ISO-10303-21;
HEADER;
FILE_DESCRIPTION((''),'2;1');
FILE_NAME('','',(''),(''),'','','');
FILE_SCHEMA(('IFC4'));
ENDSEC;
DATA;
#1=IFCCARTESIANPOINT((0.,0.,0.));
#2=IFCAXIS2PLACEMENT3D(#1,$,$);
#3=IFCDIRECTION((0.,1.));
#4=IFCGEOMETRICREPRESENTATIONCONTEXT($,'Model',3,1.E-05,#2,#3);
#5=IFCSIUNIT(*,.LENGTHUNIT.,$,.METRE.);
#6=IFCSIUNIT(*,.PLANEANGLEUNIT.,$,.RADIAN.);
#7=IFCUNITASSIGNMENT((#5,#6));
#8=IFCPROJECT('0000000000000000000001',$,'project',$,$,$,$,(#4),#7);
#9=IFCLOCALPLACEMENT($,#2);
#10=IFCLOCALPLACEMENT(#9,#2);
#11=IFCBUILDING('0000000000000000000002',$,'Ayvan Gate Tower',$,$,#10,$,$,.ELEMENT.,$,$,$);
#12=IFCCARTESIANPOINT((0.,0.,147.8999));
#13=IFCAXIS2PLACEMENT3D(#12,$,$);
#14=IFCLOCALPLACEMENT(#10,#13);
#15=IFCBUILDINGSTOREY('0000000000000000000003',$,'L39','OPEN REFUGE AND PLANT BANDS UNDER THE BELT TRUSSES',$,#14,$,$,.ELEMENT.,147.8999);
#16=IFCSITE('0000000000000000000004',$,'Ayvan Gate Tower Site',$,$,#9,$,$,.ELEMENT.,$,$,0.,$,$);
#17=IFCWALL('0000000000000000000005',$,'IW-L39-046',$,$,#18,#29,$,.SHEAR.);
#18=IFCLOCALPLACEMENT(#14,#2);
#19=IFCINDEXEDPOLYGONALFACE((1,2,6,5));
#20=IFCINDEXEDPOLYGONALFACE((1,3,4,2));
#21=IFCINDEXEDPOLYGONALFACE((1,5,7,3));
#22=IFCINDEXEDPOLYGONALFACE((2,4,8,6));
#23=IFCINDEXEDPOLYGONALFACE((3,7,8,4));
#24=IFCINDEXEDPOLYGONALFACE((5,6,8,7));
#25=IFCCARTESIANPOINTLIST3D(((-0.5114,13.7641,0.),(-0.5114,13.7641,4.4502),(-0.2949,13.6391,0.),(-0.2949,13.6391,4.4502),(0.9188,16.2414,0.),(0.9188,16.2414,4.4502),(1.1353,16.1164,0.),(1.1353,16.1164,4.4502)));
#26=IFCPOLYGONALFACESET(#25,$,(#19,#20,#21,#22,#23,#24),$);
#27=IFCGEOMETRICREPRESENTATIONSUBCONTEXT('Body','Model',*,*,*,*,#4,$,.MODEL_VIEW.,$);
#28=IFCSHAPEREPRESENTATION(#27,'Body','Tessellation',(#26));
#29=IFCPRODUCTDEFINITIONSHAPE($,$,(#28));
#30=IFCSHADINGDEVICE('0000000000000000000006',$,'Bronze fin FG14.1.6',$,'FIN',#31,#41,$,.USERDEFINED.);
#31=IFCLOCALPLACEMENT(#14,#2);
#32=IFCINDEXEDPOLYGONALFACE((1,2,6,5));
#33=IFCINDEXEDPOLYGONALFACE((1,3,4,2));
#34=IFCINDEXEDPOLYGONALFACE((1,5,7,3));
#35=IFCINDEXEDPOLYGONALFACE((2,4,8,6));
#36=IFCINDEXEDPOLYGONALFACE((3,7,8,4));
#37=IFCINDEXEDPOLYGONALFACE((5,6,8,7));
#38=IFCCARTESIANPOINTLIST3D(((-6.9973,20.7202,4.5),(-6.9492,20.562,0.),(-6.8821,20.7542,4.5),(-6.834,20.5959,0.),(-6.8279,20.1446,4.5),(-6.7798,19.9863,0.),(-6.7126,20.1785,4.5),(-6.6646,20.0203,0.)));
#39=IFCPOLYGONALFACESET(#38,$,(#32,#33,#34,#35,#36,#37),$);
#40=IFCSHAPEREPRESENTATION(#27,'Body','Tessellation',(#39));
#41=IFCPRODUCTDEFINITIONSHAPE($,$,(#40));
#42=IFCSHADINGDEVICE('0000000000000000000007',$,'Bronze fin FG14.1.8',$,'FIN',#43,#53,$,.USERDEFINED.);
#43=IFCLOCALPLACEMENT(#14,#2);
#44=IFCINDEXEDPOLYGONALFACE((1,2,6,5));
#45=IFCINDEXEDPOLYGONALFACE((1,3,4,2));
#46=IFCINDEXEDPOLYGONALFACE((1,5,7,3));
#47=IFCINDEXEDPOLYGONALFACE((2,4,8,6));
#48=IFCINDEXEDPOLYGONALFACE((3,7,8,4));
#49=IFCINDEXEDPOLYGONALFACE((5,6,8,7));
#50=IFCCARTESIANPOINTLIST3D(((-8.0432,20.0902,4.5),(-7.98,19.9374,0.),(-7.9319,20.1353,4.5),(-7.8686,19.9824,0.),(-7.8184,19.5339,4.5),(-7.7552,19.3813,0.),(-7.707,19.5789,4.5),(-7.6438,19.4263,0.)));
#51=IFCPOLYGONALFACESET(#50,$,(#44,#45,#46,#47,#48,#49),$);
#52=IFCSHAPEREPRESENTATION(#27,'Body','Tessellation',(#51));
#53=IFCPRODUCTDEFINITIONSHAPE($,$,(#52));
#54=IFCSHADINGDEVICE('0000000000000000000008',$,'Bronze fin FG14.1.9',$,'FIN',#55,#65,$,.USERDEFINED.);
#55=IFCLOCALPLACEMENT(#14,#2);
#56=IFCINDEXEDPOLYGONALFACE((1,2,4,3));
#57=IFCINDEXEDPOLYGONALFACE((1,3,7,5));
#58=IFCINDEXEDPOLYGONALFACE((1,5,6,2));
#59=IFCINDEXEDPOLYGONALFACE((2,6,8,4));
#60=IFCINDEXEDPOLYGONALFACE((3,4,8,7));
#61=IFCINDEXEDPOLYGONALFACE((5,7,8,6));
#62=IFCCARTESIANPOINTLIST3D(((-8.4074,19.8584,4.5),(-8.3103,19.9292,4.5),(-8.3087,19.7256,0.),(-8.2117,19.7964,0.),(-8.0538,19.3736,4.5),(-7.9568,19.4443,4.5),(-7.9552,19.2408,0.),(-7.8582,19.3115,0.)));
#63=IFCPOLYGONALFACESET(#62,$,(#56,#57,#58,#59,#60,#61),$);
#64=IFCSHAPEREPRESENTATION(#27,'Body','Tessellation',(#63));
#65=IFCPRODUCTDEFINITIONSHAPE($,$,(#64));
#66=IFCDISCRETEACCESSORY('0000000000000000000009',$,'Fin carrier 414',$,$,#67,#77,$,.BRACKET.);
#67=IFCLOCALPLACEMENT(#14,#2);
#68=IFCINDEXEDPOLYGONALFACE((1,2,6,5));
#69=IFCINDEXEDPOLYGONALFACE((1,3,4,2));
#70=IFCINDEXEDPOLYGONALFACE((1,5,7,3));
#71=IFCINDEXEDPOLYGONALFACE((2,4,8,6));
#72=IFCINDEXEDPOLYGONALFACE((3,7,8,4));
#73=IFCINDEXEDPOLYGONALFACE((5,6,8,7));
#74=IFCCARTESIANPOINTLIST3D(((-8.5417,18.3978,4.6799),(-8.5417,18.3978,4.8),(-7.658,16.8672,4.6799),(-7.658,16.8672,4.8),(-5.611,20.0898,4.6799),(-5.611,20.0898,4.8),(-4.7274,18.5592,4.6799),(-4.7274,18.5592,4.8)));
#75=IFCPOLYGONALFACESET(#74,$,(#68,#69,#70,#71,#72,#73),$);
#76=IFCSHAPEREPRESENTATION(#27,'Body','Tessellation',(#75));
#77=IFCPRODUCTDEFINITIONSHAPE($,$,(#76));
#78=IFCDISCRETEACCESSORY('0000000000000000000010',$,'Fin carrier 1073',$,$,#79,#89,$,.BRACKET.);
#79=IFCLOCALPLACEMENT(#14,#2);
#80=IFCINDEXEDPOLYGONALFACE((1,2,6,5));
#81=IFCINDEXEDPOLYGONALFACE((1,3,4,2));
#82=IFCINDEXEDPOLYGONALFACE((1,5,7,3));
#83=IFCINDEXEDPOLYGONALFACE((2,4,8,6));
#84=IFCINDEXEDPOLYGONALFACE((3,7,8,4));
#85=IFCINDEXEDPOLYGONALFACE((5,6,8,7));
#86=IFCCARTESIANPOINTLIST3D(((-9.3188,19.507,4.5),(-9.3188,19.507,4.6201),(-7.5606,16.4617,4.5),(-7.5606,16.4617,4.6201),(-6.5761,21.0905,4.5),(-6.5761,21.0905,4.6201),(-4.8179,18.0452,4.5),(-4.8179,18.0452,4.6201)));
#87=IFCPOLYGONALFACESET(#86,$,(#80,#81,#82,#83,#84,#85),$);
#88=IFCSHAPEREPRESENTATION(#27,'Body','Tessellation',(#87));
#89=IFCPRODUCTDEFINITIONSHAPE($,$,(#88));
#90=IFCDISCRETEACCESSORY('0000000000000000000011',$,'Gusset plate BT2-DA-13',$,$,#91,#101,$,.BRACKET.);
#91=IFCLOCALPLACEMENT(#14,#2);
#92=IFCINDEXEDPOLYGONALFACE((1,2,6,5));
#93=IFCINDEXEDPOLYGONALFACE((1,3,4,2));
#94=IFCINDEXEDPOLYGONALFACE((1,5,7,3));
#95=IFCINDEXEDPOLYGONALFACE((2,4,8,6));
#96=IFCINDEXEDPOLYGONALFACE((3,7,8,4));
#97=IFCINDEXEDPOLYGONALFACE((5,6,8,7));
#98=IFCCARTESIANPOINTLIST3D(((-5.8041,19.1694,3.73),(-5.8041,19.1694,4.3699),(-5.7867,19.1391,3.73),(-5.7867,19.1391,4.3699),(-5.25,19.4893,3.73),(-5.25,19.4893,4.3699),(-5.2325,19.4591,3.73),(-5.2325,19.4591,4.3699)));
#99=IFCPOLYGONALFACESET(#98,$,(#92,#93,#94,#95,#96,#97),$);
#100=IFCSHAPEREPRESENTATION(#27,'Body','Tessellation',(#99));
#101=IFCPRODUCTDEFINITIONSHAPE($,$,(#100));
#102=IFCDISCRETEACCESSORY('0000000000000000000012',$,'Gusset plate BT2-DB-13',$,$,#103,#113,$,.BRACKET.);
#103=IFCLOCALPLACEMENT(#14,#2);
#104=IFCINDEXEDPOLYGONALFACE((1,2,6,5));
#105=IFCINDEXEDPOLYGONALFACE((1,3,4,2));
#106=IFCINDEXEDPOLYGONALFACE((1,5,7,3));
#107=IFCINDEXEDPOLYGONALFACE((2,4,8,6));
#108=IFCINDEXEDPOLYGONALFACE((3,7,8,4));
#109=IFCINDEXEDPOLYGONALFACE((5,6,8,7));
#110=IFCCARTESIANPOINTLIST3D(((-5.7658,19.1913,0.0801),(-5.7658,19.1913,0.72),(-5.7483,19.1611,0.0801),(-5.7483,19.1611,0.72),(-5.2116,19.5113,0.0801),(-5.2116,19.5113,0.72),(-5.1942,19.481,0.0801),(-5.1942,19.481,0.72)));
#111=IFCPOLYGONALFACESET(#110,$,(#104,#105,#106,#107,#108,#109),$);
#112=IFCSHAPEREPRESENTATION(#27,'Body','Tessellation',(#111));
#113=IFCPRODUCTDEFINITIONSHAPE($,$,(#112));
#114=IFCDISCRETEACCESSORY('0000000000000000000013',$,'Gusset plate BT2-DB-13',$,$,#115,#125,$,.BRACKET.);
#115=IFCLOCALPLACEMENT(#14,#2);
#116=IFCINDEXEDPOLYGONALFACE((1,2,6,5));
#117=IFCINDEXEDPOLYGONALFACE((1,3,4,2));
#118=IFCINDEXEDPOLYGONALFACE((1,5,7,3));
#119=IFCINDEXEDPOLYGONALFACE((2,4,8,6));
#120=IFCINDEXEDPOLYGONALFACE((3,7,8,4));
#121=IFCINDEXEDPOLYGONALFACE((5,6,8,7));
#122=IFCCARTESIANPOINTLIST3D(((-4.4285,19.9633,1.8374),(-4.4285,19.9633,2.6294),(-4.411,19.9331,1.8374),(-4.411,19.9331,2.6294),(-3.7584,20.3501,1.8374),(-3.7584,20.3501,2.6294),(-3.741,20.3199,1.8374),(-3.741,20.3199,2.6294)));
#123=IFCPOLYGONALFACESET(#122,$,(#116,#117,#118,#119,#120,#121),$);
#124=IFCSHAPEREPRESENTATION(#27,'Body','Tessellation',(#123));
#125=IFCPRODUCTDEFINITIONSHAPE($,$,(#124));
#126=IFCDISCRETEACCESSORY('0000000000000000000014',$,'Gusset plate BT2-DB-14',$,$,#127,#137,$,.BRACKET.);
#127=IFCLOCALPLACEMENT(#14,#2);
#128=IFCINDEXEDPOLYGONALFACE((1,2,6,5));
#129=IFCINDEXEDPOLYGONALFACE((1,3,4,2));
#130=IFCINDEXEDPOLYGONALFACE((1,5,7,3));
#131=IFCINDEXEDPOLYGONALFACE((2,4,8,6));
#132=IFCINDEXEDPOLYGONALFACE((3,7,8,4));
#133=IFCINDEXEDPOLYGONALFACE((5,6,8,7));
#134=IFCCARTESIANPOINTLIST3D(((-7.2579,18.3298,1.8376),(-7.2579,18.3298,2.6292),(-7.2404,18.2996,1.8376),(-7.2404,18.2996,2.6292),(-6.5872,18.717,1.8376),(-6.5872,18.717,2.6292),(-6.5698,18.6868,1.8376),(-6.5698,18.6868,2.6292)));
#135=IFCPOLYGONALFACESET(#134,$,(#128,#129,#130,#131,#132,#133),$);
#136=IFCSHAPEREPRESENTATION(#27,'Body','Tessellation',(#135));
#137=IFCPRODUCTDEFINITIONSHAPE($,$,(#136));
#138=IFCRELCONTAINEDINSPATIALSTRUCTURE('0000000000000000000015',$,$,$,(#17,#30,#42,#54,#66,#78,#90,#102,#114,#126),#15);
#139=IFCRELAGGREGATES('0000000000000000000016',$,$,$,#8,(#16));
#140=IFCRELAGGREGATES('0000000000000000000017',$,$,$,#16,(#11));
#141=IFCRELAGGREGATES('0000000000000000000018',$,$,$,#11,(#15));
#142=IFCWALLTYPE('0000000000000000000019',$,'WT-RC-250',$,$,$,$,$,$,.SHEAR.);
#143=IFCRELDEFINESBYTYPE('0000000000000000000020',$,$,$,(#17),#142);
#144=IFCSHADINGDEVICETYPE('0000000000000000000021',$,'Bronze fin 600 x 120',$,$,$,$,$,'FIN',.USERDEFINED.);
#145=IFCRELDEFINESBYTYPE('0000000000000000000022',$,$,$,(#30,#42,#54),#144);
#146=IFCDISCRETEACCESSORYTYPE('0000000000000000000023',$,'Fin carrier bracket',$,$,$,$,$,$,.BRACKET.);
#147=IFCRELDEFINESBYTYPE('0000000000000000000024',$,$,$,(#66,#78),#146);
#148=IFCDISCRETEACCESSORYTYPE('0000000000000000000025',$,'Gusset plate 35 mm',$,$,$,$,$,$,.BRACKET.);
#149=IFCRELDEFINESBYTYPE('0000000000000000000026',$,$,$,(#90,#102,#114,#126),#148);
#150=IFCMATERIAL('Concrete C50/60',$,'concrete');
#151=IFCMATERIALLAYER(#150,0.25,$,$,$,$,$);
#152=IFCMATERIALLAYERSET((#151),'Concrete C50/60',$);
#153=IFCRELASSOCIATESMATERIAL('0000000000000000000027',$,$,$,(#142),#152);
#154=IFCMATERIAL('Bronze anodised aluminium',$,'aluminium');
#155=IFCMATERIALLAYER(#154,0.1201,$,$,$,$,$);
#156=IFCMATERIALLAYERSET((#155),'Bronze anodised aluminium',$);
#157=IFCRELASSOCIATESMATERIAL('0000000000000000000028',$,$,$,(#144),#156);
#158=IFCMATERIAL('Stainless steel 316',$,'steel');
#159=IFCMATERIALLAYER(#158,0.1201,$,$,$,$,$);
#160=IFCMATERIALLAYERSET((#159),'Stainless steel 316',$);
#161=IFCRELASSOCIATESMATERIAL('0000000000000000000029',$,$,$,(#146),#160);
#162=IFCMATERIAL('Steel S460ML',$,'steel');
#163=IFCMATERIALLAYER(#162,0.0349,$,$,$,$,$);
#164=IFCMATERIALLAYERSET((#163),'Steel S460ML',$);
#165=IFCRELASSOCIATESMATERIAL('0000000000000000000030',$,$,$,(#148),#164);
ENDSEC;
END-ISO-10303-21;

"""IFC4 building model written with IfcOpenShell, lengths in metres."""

from ifc_helpers import new_model, si_unit, direction, frame, frame_2d, origin, origin_2d, place, context, subcontext, project, spatial, polyline, rectangle, outline, extrude, material, layer, layer_set, type_object, element, save


model = new_model("IFC4")

# Units and contexts
model_context = context("Model", 3, precision=1e-05, world=origin(), true_north=direction((0.0, 1.0)))
body_context = subcontext(model_context, "Body", "Model", "MODEL_VIEW")
ifc_project = project(units=[si_unit("LENGTHUNIT", "METRE"), si_unit("PLANEANGLEUNIT", "RADIAN")], contexts=[model_context])

# Site, building, storey
site_placement = place(None, origin())
site = spatial("IfcSite", under=ifc_project, at=site_placement, Name="Ayvan Gate Tower Site", CompositionType="ELEMENT", RefElevation=0.0)
building_placement = place(site_placement, origin())
building = spatial("IfcBuilding", under=site, at=building_placement, Name="Ayvan Gate Tower", CompositionType="ELEMENT")
storey_placement = place(building_placement, frame((0.0, 0.0, 147.8999)))
storey = spatial("IfcBuildingStorey", under=building, at=storey_placement, Name="L39", Description="OPEN REFUGE AND PLANT BANDS UNDER THE BELT TRUSSES", CompositionType="ELEMENT", Elevation=147.8999)

# Shared definitions
ifc_material_1 = material(Name="Steel S460ML", Category="steel")

# Wall
ifc_material_2 = material(Name="Concrete C50/60", Category="concrete")
ifc_layer_1 = layer(ifc_material_2, 0.25)
ifc_layer_set_1 = layer_set([ifc_layer_1], Name="Concrete C50/60")
wall_type_1 = type_object("IfcWallType", Name="WT-RC-250", PredefinedType="SHEAR", material=ifc_layer_set_1)
wall_1_placement = place(storey_placement, frame((-0.4031, 13.7017, 0.0), z_axis=(0.0, 0.0, 1.0), x_axis=(0.499976, 0.866039, 0.0)))
element("IfcWall", 1, at=wall_1_placement, inside=storey, type_object=wall_type_1, Name="IW-L39-046", PredefinedType="SHEAR", context=body_context, shape_type="SweptSolid", body=[
    extrude(rectangle(XDim=2.8606, YDim=0.25, at=frame_2d((1.4302, 0.0))), origin(), (0.0, 0.0, 1.0), 4.4502),
])

# Shading devices
ifc_material_3 = material(Name="Bronze anodised aluminium", Category="aluminium")
ifc_layer_2 = layer(ifc_material_3, 0.1201)
ifc_layer_set_2 = layer_set([ifc_layer_2], Name="Bronze anodised aluminium")
shading_device_type = type_object("IfcShadingDeviceType", Name="Bronze fin 600 x 120", ElementType="FIN", PredefinedType="USERDEFINED", material=ifc_layer_set_2)
shading_device_1_placement = place(storey_placement, frame((-6.6646, 20.0203, 0.0), z_axis=(0.959314, 0.282343, 0.000327), x_axis=(-0.282343, 0.959314, 0.0)))
element("IfcShadingDevice", 2, at=shading_device_1_placement, inside=storey, type_object=shading_device_type, Name="Bronze fin FG14.1.6", ObjectType="FIN", PredefinedType="USERDEFINED", context=body_context, shape_type="SweptSolid", body=[
    extrude(outline(polyline([(0.0, 0.0), (0.6001, 0.0), (0.7654, 4.5), (0.1653, 4.5), (0.0, 0.0)])), origin(), (0.0, 0.0, -1.0), 0.1201),
])
shading_device_2_placement = place(storey_placement, frame((-7.6438, 19.4263, 0.0), z_axis=(0.927124, 0.374756, 0.00031), x_axis=(-0.374756, 0.927124, 0.0)))
element("IfcShadingDevice", 3, at=shading_device_2_placement, inside=storey, type_object=shading_device_type, Name="Bronze fin FG14.1.8", ObjectType="FIN", PredefinedType="USERDEFINED", context=body_context, shape_type="SweptSolid", body=[
    extrude(outline(polyline([(0.0, 0.0), (0.5999, 0.0), (0.7653, 4.5), (0.1652, 4.5), (0.0, 0.0)])), origin(), (0.0, 0.0, -1.0), 0.1201),
])
shading_device_3_placement = place(storey_placement, frame((-7.8582, 19.3115, 0.0), z_axis=(0.808032, 0.589139, 0.000323), x_axis=(-0.589139, 0.808032, 0.0)))
element("IfcShadingDevice", 4, at=shading_device_3_placement, inside=storey, type_object=shading_device_type, Name="Bronze fin FG14.1.9", ObjectType="FIN", PredefinedType="USERDEFINED", context=body_context, shape_type="SweptSolid", body=[
    extrude(outline(polyline([(0.0, 0.0), (0.6001, 0.0), (0.7655, 4.5), (0.1654, 4.5), (0.0, 0.0)])), origin(), (0.0, 0.0, -1.0), 0.1201),
])

# Discrete accessories
ifc_material_4 = material(Name="Stainless steel 316", Category="steel")
ifc_layer_3 = layer(ifc_material_4, 0.1201)
ifc_layer_set_3 = layer_set([ifc_layer_3], Name="Stainless steel 316")
discrete_accessory_type_1 = type_object("IfcDiscreteAccessoryType", Name="Fin carrier bracket", PredefinedType="BRACKET", material=ifc_layer_set_3)
discrete_accessory_1_placement = place(storey_placement, frame((-6.6345, 18.4785, 4.6799), z_axis=(0.0, 0.0, 1.0), x_axis=(-0.866025, -0.5, 0.0)))
element("IfcDiscreteAccessory", 5, at=discrete_accessory_1_placement, inside=storey, type_object=discrete_accessory_type_1, Name="Fin carrier 414", PredefinedType="BRACKET", context=body_context, shape_type="SweptSolid", body=[
    extrude(rectangle(XDim=3.384, YDim=1.7673, at=origin_2d()), origin(), (0.0, 0.0, 1.0), 0.1201),
])
discrete_accessory_2_placement = place(storey_placement, frame((-7.0684, 18.7761, 4.5), z_axis=(0.0, 0.0, 1.0), x_axis=(-0.866025, -0.5, 0.0)))
element("IfcDiscreteAccessory", 6, at=discrete_accessory_2_placement, inside=storey, type_object=discrete_accessory_type_1, Name="Fin carrier 1073", PredefinedType="BRACKET", context=body_context, shape_type="SweptSolid", body=[
    extrude(rectangle(XDim=3.167, YDim=3.5164, at=origin_2d()), origin(), (0.0, 0.0, 1.0), 0.1201),
])
ifc_layer_4 = layer(ifc_material_1, 0.0349)
ifc_layer_set_4 = layer_set([ifc_layer_4], Name="Steel S460ML")
discrete_accessory_type_2 = type_object("IfcDiscreteAccessoryType", Name="Gusset plate 35 mm", PredefinedType="BRACKET", material=ifc_layer_set_4)
for number, where, z_axis, x_axis, name in (
    (7, (-5.5183, 19.3142, 3.73), (0.0, 0.0, 1.0), (0.866025, 0.5, 0.0), "Gusset plate BT2-DA-13"),
    (8, (-5.48, 19.3362, 0.0801), (0.0, 0.0, 1.0), (0.866025, 0.5, 0.0), "Gusset plate BT2-DB-13"),
):
    element("IfcDiscreteAccessory", number, at=place(storey_placement, frame(where, z_axis=z_axis, x_axis=x_axis)), inside=storey, type_object=discrete_accessory_type_2, Name=name, PredefinedType="BRACKET", context=body_context, shape_type="SweptSolid", body=[
        extrude(rectangle(XDim=0.6399, YDim=0.0349, at=origin_2d()), origin(), (0.0, 0.0, 1.0), 0.6399),
    ])
discrete_accessory_3_placement = place(storey_placement, frame((-4.0847, 20.1416, 1.8374), z_axis=(0.0, 0.0, 1.0), x_axis=(0.866025, 0.5, 0.0)))
element("IfcDiscreteAccessory", 9, at=discrete_accessory_3_placement, inside=storey, type_object=discrete_accessory_type_2, Name="Gusset plate BT2-DB-13", PredefinedType="BRACKET", context=body_context, shape_type="SweptSolid", body=[
    extrude(rectangle(XDim=0.7737, YDim=0.0349, at=origin_2d()), origin(), (0.0, 0.0, 1.0), 0.792),
])
discrete_accessory_4_placement = place(storey_placement, frame((-6.9138, 18.5083, 1.8376), z_axis=(0.0, 0.0, 1.0), x_axis=(0.866025, 0.5, 0.0)))
element("IfcDiscreteAccessory", 10, at=discrete_accessory_4_placement, inside=storey, type_object=discrete_accessory_type_2, Name="Gusset plate BT2-DB-14", PredefinedType="BRACKET", context=body_context, shape_type="SweptSolid", body=[
    extrude(rectangle(XDim=0.7744, YDim=0.0349, at=origin_2d()), origin(), (0.0, 0.0, 1.0), 0.7915),
])

save(model, "model.ifc")
